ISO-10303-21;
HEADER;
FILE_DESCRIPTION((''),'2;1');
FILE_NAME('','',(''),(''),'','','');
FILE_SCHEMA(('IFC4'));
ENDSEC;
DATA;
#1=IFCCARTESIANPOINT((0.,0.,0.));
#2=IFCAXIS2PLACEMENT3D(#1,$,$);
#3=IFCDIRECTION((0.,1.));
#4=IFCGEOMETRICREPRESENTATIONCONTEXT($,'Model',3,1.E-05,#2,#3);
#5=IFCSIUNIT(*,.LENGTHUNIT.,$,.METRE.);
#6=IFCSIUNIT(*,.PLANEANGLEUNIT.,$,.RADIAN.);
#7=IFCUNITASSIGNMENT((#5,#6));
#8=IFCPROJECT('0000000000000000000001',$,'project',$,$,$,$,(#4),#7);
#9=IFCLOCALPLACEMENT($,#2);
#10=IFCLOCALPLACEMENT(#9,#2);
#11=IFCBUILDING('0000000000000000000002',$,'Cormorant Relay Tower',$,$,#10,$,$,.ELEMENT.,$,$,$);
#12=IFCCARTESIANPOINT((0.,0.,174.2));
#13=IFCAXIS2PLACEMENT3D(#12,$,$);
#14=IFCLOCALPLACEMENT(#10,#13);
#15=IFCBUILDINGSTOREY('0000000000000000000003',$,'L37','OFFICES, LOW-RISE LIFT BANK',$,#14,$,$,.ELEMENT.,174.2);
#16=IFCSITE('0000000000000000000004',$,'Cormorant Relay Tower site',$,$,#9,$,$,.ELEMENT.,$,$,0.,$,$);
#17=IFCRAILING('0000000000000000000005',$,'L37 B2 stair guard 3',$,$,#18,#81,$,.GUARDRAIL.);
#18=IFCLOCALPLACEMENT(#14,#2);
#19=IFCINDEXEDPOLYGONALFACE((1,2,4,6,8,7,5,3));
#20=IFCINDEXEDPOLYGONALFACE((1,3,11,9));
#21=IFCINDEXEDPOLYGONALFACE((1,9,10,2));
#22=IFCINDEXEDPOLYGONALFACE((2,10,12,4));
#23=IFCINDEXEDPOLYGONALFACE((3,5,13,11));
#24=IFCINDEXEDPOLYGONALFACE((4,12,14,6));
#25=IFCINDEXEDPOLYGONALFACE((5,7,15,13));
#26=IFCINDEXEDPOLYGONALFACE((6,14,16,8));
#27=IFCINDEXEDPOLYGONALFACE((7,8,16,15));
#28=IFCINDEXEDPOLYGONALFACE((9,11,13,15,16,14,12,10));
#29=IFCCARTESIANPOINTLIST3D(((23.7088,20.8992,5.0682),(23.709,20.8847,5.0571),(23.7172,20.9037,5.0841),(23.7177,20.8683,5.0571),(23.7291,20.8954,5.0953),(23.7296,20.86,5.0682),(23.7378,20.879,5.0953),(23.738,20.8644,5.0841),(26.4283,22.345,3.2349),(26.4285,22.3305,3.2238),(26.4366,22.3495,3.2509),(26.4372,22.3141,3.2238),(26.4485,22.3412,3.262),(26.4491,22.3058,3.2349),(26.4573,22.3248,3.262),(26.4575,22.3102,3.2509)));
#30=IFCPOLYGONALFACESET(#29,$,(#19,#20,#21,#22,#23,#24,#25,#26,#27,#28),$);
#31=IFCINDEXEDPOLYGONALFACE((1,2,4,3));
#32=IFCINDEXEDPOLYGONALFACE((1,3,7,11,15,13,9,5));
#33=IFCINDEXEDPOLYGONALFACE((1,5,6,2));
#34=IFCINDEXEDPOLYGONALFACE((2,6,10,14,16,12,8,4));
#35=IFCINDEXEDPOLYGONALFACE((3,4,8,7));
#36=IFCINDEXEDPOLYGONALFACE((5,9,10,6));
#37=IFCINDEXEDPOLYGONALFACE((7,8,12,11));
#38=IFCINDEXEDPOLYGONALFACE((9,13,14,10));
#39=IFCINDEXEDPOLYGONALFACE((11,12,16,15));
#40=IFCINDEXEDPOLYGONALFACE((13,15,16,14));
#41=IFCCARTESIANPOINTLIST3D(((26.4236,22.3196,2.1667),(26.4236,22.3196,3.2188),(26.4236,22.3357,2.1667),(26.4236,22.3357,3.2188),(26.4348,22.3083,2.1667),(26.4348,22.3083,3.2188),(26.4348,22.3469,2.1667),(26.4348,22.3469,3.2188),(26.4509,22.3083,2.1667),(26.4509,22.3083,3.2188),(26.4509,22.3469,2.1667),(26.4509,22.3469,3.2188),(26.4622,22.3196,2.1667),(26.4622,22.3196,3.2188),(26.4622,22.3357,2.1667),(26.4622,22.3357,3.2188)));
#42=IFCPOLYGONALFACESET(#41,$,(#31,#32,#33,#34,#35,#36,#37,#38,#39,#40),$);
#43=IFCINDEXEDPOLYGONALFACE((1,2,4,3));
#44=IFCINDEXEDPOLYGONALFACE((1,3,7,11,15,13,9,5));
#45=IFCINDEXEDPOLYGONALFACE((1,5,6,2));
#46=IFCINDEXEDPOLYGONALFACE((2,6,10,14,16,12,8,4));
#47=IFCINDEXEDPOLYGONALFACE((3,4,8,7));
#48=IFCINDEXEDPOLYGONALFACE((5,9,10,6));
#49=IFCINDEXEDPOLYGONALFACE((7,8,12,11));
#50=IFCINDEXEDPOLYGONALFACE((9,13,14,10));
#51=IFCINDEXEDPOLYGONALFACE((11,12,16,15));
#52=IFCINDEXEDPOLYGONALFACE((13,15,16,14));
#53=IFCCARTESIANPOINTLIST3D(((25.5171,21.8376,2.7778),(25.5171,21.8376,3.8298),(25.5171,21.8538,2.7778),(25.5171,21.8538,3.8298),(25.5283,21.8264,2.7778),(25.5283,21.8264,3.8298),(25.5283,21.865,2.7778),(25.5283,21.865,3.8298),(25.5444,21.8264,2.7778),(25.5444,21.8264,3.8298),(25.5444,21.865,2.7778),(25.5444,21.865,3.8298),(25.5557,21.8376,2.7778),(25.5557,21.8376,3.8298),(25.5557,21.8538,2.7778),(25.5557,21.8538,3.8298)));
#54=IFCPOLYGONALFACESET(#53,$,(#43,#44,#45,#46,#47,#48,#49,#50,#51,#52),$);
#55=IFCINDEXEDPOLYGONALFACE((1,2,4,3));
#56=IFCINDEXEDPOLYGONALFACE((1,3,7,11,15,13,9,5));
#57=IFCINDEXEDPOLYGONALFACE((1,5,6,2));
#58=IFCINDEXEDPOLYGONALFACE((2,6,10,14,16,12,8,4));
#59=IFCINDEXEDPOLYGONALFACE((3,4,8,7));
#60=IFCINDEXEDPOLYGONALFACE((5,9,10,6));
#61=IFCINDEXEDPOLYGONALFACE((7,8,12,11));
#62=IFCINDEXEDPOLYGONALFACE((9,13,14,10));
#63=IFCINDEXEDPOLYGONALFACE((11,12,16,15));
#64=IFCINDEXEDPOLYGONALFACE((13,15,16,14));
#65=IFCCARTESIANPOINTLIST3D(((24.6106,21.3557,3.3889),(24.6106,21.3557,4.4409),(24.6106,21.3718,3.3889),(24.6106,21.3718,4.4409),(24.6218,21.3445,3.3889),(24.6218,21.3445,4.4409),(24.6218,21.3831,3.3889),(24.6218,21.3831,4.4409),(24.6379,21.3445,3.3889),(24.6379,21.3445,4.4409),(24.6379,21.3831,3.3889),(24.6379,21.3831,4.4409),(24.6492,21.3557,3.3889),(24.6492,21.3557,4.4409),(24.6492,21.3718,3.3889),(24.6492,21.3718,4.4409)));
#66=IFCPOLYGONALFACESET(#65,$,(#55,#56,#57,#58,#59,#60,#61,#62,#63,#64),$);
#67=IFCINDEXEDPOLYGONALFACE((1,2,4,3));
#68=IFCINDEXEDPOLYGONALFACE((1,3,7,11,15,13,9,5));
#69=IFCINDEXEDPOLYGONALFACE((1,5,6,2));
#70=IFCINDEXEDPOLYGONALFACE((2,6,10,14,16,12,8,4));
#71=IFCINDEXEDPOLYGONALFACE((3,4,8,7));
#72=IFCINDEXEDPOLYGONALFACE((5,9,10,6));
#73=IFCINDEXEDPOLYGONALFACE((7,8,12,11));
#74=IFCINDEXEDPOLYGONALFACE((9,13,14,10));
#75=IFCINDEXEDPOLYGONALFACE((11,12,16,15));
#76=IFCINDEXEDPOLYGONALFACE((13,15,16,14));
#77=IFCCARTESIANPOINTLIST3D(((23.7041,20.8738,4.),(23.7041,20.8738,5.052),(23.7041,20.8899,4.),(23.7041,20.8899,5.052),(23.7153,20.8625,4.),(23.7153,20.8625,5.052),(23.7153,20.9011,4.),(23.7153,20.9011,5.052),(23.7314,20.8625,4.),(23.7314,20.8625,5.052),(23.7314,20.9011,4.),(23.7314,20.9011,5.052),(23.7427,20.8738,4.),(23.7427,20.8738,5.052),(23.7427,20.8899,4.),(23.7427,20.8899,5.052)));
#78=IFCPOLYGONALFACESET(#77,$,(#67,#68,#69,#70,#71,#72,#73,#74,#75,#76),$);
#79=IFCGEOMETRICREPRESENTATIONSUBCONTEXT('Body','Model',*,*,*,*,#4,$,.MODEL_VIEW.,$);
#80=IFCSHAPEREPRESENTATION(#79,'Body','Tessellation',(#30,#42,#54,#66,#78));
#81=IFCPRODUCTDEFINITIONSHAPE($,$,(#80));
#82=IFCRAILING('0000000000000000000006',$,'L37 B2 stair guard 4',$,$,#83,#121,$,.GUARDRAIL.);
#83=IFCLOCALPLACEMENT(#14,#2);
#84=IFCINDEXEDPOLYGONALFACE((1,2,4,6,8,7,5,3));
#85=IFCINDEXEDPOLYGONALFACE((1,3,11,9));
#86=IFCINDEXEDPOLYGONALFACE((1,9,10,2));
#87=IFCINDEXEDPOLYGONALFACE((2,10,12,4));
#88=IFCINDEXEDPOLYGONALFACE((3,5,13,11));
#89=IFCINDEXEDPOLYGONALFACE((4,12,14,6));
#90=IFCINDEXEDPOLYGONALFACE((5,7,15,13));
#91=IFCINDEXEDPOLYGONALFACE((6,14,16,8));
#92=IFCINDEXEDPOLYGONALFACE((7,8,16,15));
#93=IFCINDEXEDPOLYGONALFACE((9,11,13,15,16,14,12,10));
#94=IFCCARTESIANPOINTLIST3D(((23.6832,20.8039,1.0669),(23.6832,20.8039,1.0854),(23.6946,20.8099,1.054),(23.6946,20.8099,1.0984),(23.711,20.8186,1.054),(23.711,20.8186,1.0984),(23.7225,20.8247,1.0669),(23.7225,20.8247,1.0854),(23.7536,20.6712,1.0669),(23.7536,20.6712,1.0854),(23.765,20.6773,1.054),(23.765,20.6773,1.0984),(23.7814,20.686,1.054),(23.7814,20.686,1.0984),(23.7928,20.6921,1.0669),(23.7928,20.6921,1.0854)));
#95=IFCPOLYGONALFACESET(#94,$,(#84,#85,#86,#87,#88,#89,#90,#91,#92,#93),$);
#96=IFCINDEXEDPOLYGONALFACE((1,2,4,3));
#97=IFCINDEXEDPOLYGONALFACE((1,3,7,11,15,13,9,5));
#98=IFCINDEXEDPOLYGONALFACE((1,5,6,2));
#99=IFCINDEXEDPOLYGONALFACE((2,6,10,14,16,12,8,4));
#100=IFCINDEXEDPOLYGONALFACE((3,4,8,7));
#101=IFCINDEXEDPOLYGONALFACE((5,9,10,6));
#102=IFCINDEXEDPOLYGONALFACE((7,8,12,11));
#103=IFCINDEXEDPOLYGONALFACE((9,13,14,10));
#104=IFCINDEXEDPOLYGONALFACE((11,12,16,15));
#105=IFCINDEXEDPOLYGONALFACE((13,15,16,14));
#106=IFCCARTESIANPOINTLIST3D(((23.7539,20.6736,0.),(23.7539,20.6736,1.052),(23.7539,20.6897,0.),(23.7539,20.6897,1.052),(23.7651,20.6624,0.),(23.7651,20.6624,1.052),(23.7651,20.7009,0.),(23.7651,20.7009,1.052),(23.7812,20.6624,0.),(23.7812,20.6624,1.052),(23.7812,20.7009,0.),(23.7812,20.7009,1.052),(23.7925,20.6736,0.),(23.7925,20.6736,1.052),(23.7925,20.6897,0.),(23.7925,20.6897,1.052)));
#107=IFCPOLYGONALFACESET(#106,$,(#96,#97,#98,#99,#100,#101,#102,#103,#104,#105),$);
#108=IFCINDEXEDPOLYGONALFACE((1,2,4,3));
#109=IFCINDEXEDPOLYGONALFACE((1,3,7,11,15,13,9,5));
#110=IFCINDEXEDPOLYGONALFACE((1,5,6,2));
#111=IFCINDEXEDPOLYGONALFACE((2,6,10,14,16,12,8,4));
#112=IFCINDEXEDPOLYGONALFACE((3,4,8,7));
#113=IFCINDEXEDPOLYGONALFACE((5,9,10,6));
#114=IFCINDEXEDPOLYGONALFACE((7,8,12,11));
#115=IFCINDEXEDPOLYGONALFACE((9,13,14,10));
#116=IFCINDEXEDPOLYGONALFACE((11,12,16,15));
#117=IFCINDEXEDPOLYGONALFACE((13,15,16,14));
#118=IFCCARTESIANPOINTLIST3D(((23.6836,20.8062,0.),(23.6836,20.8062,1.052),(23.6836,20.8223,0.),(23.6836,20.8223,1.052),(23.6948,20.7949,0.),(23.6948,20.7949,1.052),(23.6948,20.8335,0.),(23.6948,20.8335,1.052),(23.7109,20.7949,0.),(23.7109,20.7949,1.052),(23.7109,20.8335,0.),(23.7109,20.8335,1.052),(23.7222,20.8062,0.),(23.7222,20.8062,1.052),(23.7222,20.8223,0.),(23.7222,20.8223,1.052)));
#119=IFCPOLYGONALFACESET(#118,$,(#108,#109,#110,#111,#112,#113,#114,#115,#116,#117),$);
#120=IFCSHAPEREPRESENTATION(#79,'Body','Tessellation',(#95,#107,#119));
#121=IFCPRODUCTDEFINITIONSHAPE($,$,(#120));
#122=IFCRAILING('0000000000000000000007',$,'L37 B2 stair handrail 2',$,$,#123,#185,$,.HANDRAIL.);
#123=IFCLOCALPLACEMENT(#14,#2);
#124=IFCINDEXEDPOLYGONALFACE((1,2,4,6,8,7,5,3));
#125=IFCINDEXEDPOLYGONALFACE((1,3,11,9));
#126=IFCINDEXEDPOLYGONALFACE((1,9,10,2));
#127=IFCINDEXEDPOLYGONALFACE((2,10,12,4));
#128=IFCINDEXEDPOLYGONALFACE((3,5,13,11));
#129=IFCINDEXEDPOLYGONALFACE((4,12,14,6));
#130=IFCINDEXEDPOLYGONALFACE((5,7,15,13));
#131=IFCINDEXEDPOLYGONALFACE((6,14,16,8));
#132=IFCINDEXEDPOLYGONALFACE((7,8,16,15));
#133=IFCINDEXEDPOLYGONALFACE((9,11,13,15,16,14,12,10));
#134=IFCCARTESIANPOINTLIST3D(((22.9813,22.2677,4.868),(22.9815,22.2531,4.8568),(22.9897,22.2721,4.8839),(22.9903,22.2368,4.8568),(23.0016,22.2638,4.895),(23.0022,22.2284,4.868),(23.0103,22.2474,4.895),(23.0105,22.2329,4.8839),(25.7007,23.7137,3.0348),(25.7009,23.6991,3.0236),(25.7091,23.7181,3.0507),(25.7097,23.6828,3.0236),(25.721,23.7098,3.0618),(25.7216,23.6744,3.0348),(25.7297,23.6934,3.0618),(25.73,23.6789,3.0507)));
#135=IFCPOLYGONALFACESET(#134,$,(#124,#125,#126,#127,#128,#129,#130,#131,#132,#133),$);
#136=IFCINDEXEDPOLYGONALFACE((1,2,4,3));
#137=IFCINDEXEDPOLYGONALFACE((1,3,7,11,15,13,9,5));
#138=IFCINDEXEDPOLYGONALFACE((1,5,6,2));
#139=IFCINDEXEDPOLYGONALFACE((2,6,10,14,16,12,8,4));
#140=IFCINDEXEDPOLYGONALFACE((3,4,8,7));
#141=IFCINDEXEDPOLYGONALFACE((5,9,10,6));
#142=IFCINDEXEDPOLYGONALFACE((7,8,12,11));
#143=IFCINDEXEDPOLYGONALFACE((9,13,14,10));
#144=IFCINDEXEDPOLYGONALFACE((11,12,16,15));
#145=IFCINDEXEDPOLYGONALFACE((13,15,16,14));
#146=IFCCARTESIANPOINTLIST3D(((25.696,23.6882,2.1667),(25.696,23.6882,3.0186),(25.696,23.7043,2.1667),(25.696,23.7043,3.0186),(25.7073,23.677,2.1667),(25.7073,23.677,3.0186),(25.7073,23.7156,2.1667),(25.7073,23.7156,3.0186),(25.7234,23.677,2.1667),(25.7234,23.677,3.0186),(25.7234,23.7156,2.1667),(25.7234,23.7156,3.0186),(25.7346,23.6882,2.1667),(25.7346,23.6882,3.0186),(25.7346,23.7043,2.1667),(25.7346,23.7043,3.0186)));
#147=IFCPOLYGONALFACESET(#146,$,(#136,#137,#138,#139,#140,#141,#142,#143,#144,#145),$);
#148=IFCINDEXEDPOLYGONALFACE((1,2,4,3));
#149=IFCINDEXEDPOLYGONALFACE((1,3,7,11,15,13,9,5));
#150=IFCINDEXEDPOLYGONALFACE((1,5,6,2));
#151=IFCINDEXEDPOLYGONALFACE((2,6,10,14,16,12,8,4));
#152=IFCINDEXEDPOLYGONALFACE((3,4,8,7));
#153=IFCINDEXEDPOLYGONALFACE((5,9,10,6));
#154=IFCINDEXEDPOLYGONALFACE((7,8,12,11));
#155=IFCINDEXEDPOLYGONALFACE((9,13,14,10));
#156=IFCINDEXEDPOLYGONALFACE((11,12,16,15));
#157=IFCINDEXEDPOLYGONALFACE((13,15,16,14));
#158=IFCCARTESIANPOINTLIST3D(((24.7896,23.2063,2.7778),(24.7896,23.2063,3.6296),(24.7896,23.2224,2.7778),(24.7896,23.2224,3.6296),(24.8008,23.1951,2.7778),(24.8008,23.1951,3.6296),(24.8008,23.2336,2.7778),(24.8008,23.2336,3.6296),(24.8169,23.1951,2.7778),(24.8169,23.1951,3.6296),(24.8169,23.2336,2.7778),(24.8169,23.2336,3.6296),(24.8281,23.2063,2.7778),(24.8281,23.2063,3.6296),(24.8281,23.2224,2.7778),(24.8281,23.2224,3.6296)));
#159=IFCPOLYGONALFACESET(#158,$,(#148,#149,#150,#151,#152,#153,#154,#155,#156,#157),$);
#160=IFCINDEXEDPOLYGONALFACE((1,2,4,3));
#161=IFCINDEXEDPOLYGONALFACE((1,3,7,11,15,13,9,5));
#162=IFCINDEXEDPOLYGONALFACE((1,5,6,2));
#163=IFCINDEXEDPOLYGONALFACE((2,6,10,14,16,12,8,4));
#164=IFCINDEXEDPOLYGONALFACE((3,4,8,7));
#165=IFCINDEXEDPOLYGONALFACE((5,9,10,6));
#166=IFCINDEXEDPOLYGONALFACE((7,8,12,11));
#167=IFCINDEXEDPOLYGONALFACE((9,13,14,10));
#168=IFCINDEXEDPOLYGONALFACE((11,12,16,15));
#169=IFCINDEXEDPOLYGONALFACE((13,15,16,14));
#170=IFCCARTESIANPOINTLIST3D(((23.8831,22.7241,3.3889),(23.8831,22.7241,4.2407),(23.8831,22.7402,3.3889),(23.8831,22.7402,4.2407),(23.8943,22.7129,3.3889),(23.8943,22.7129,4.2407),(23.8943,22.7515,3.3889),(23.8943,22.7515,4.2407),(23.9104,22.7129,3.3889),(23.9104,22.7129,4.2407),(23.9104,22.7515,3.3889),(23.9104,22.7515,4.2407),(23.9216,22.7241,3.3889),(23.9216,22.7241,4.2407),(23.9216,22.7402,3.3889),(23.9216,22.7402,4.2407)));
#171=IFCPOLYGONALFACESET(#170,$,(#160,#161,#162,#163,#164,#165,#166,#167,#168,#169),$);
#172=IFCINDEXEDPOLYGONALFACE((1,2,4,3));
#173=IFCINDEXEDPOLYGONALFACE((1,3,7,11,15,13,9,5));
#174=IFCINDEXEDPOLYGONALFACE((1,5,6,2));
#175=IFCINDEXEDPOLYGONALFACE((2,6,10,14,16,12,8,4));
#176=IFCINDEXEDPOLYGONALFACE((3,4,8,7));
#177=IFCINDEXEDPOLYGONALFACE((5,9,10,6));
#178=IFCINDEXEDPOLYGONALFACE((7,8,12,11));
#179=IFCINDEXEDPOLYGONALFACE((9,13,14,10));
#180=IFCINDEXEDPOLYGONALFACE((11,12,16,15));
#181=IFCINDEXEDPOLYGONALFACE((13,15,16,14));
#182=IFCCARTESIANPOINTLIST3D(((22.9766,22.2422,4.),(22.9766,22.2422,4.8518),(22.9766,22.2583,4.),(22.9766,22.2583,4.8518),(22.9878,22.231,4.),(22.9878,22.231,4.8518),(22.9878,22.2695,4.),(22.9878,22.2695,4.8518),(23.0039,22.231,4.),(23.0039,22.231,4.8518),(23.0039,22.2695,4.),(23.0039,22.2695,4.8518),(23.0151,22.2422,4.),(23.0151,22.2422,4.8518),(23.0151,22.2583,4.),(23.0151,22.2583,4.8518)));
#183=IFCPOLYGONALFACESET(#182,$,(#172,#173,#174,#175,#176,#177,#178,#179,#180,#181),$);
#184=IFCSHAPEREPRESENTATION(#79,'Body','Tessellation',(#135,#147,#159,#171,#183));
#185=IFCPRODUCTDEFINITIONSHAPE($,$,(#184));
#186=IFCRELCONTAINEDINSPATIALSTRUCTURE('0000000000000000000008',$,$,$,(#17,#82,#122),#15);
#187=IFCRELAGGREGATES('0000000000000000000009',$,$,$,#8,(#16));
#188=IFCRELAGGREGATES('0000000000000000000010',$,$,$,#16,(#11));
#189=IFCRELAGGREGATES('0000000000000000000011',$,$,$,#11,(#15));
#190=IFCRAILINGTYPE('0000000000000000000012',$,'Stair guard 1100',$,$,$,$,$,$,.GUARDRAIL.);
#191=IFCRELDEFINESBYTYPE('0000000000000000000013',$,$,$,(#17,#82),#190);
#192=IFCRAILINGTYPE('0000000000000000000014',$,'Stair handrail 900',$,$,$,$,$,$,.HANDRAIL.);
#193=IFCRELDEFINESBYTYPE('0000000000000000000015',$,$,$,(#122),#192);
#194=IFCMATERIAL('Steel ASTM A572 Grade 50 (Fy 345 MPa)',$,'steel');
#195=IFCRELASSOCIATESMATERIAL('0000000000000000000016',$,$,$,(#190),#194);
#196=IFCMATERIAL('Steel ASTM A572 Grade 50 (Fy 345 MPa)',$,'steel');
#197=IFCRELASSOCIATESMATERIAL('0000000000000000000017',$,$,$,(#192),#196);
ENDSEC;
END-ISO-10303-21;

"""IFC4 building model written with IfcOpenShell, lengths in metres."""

from ifc_helpers import new_model, si_unit, direction, frame, origin, place, context, subcontext, project, spatial, polyline, outline, extrude, material, type_object, element, save


model = new_model("IFC4")

# Units and contexts
model_context = context("Model", 3, precision=1e-05, world=origin(), true_north=direction((0.0, 1.0)))
body_context = subcontext(model_context, "Body", "Model", "MODEL_VIEW")
ifc_project = project(units=[si_unit("LENGTHUNIT", "METRE"), si_unit("PLANEANGLEUNIT", "RADIAN")], contexts=[model_context])

# Site, building, storey
site_placement = place(None, origin())
site = spatial("IfcSite", under=ifc_project, at=site_placement, Name="Cormorant Relay Tower site", CompositionType="ELEMENT", RefElevation=0.0)
building_placement = place(site_placement, origin())
building = spatial("IfcBuilding", under=site, at=building_placement, Name="Cormorant Relay Tower", CompositionType="ELEMENT")
storey_placement = place(building_placement, frame((0.0, 0.0, 174.2)))
storey = spatial("IfcBuildingStorey", under=building, at=storey_placement, Name="L37", Description="OFFICES, LOW-RISE LIFT BANK", CompositionType="ELEMENT", Elevation=174.2)

# Railings
ifc_material_1 = material(Name="Steel ASTM A572 Grade 50 (Fy 345 MPa)", Category="steel")
railing_type_1 = type_object("IfcRailingType", Name="Stair guard 1100", PredefinedType="GUARDRAIL", material=ifc_material_1)
railing_1_placement = place(storey_placement, frame((26.4429, 22.3276, 2.1667)))
element("IfcRailing", 1, at=railing_1_placement, inside=storey, type_object=railing_type_1, Name="L37 B2 stair guard 3", PredefinedType="GUARDRAIL", context=body_context, shape_type="SweptSolid", body=[
    extrude(outline(polyline([(0.0222, 0.0093), (0.0093, 0.0222), (-0.0093, 0.0222), (-0.0222, 0.0093), (-0.0222, -0.0093), (-0.0093, -0.0222), (0.0093, -0.0222), (0.0222, -0.0093), (0.0222, 0.0093)])), frame((0.0, 0.0, 1.0762), z_axis=(-0.758735, -0.403378, 0.511477), x_axis=(0.469428, -0.882971, 0.0)), (0.0, 0.0, 1.0), 3.5842),
    extrude(outline(polyline([(0.0193, 0.0081), (0.0081, 0.0193), (-0.0081, 0.0193), (-0.0193, 0.0081), (-0.0193, -0.0081), (-0.0081, -0.0193), (0.0081, -0.0193), (0.0193, -0.0081), (0.0193, 0.0081)])), origin(), (0.0, 0.0, 1.0), 1.052),
    extrude(outline(polyline([(0.0193, 0.0081), (0.0081, 0.0193), (-0.0081, 0.0193), (-0.0193, 0.0081), (-0.0193, -0.0081), (-0.0081, -0.0193), (0.0081, -0.0193), (0.0193, -0.0081), (0.0193, 0.0081)])), frame((-0.9065, -0.4819, 0.6111)), (0.0, 0.0, 1.0), 1.052),
    extrude(outline(polyline([(0.0193, 0.0081), (0.0081, 0.0193), (-0.0081, 0.0193), (-0.0193, 0.0081), (-0.0193, -0.0081), (-0.0081, -0.0193), (0.0081, -0.0193), (0.0193, -0.0081), (0.0193, 0.0081)])), frame((-1.813, -0.9639, 1.2222)), (0.0, 0.0, 1.0), 1.052),
    extrude(outline(polyline([(0.0193, 0.0081), (0.0081, 0.0193), (-0.0081, 0.0193), (-0.0193, 0.0081), (-0.0193, -0.0081), (-0.0081, -0.0193), (0.0081, -0.0193), (0.0193, -0.0081), (0.0193, 0.0081)])), frame((-2.7195, -1.4458, 1.8333)), (0.0, 0.0, 1.0), 1.052),
])
railing_2_placement = place(storey_placement, frame((23.7732, 20.6816, 0.0)))
element("IfcRailing", 2, at=railing_2_placement, inside=storey, type_object=railing_type_1, Name="L37 B2 stair guard 4", PredefinedType="GUARDRAIL", context=body_context, shape_type="SweptSolid", body=[
    extrude(outline(polyline([(0.0222, 0.0093), (0.0093, 0.0222), (-0.0093, 0.0222), (-0.0222, 0.0093), (-0.0222, -0.0093), (-0.0093, -0.0222), (0.0093, -0.0222), (0.0222, -0.0093), (0.0222, 0.0093)])), frame((0.0, 0.0, 1.0762), z_axis=(-0.46856, 0.883431, 0.0), x_axis=(-0.883431, -0.46856, 0.0)), (0.0, 0.0, 1.0), 0.1501),
    extrude(outline(polyline([(0.0193, 0.0081), (0.0081, 0.0193), (-0.0081, 0.0193), (-0.0193, 0.0081), (-0.0193, -0.0081), (-0.0081, -0.0193), (0.0081, -0.0193), (0.0193, -0.0081), (0.0193, 0.0081)])), origin(), (0.0, 0.0, 1.0), 1.052),
    extrude(outline(polyline([(0.0193, 0.0081), (0.0081, 0.0193), (-0.0081, 0.0193), (-0.0193, 0.0081), (-0.0193, -0.0081), (-0.0081, -0.0193), (0.0081, -0.0193), (0.0193, -0.0081), (0.0193, 0.0081)])), frame((-0.0703, 0.1326, 0.0)), (0.0, 0.0, 1.0), 1.052),
])
ifc_material_2 = material(Name="Steel ASTM A572 Grade 50 (Fy 345 MPa)", Category="steel")
railing_type_2 = type_object("IfcRailingType", Name="Stair handrail 900", PredefinedType="HANDRAIL", material=ifc_material_2)
railing_3_placement = place(storey_placement, frame((25.7153, 23.6963, 2.1667)))
element("IfcRailing", 3, at=railing_3_placement, inside=storey, type_object=railing_type_2, Name="L37 B2 stair handrail 2", PredefinedType="HANDRAIL", context=body_context, shape_type="SweptSolid", body=[
    extrude(outline(polyline([(0.0222, 0.0093), (0.0093, 0.0222), (-0.0093, 0.0222), (-0.0222, 0.0093), (-0.0222, -0.0093), (-0.0093, -0.0222), (0.0093, -0.0222), (0.0222, -0.0093), (0.0222, 0.0093)])), frame((0.0, 0.0, 0.876), z_axis=(-0.758714, -0.403435, 0.511463), x_axis=(0.469489, -0.882938, 0.0)), (0.0, 0.0, 1.0), 3.5842),
    extrude(outline(polyline([(0.0193, 0.0081), (0.0081, 0.0193), (-0.0081, 0.0193), (-0.0193, 0.0081), (-0.0193, -0.0081), (-0.0081, -0.0193), (0.0081, -0.0193), (0.0193, -0.0081), (0.0193, 0.0081)])), origin(), (0.0, 0.0, 1.0), 0.8518),
    extrude(outline(polyline([(0.0193, 0.0081), (0.0081, 0.0193), (-0.0081, 0.0193), (-0.0193, 0.0081), (-0.0193, -0.0081), (-0.0081, -0.0193), (0.0081, -0.0193), (0.0193, -0.0081), (0.0193, 0.0081)])), frame((-0.9065, -0.4819, 0.6111)), (0.0, 0.0, 1.0), 0.8518),
    extrude(outline(polyline([(0.0193, 0.0081), (0.0081, 0.0193), (-0.0081, 0.0193), (-0.0193, 0.0081), (-0.0193, -0.0081), (-0.0081, -0.0193), (0.0081, -0.0193), (0.0193, -0.0081), (0.0193, 0.0081)])), frame((-1.813, -0.9641, 1.2222)), (0.0, 0.0, 1.0), 0.8518),
    extrude(outline(polyline([(0.0193, 0.0081), (0.0081, 0.0193), (-0.0081, 0.0193), (-0.0193, 0.0081), (-0.0193, -0.0081), (-0.0081, -0.0193), (0.0081, -0.0193), (0.0193, -0.0081), (0.0193, 0.0081)])), frame((-2.7195, -1.446, 1.8333)), (0.0, 0.0, 1.0), 0.8518),
])

save(model, "model.ifc")
